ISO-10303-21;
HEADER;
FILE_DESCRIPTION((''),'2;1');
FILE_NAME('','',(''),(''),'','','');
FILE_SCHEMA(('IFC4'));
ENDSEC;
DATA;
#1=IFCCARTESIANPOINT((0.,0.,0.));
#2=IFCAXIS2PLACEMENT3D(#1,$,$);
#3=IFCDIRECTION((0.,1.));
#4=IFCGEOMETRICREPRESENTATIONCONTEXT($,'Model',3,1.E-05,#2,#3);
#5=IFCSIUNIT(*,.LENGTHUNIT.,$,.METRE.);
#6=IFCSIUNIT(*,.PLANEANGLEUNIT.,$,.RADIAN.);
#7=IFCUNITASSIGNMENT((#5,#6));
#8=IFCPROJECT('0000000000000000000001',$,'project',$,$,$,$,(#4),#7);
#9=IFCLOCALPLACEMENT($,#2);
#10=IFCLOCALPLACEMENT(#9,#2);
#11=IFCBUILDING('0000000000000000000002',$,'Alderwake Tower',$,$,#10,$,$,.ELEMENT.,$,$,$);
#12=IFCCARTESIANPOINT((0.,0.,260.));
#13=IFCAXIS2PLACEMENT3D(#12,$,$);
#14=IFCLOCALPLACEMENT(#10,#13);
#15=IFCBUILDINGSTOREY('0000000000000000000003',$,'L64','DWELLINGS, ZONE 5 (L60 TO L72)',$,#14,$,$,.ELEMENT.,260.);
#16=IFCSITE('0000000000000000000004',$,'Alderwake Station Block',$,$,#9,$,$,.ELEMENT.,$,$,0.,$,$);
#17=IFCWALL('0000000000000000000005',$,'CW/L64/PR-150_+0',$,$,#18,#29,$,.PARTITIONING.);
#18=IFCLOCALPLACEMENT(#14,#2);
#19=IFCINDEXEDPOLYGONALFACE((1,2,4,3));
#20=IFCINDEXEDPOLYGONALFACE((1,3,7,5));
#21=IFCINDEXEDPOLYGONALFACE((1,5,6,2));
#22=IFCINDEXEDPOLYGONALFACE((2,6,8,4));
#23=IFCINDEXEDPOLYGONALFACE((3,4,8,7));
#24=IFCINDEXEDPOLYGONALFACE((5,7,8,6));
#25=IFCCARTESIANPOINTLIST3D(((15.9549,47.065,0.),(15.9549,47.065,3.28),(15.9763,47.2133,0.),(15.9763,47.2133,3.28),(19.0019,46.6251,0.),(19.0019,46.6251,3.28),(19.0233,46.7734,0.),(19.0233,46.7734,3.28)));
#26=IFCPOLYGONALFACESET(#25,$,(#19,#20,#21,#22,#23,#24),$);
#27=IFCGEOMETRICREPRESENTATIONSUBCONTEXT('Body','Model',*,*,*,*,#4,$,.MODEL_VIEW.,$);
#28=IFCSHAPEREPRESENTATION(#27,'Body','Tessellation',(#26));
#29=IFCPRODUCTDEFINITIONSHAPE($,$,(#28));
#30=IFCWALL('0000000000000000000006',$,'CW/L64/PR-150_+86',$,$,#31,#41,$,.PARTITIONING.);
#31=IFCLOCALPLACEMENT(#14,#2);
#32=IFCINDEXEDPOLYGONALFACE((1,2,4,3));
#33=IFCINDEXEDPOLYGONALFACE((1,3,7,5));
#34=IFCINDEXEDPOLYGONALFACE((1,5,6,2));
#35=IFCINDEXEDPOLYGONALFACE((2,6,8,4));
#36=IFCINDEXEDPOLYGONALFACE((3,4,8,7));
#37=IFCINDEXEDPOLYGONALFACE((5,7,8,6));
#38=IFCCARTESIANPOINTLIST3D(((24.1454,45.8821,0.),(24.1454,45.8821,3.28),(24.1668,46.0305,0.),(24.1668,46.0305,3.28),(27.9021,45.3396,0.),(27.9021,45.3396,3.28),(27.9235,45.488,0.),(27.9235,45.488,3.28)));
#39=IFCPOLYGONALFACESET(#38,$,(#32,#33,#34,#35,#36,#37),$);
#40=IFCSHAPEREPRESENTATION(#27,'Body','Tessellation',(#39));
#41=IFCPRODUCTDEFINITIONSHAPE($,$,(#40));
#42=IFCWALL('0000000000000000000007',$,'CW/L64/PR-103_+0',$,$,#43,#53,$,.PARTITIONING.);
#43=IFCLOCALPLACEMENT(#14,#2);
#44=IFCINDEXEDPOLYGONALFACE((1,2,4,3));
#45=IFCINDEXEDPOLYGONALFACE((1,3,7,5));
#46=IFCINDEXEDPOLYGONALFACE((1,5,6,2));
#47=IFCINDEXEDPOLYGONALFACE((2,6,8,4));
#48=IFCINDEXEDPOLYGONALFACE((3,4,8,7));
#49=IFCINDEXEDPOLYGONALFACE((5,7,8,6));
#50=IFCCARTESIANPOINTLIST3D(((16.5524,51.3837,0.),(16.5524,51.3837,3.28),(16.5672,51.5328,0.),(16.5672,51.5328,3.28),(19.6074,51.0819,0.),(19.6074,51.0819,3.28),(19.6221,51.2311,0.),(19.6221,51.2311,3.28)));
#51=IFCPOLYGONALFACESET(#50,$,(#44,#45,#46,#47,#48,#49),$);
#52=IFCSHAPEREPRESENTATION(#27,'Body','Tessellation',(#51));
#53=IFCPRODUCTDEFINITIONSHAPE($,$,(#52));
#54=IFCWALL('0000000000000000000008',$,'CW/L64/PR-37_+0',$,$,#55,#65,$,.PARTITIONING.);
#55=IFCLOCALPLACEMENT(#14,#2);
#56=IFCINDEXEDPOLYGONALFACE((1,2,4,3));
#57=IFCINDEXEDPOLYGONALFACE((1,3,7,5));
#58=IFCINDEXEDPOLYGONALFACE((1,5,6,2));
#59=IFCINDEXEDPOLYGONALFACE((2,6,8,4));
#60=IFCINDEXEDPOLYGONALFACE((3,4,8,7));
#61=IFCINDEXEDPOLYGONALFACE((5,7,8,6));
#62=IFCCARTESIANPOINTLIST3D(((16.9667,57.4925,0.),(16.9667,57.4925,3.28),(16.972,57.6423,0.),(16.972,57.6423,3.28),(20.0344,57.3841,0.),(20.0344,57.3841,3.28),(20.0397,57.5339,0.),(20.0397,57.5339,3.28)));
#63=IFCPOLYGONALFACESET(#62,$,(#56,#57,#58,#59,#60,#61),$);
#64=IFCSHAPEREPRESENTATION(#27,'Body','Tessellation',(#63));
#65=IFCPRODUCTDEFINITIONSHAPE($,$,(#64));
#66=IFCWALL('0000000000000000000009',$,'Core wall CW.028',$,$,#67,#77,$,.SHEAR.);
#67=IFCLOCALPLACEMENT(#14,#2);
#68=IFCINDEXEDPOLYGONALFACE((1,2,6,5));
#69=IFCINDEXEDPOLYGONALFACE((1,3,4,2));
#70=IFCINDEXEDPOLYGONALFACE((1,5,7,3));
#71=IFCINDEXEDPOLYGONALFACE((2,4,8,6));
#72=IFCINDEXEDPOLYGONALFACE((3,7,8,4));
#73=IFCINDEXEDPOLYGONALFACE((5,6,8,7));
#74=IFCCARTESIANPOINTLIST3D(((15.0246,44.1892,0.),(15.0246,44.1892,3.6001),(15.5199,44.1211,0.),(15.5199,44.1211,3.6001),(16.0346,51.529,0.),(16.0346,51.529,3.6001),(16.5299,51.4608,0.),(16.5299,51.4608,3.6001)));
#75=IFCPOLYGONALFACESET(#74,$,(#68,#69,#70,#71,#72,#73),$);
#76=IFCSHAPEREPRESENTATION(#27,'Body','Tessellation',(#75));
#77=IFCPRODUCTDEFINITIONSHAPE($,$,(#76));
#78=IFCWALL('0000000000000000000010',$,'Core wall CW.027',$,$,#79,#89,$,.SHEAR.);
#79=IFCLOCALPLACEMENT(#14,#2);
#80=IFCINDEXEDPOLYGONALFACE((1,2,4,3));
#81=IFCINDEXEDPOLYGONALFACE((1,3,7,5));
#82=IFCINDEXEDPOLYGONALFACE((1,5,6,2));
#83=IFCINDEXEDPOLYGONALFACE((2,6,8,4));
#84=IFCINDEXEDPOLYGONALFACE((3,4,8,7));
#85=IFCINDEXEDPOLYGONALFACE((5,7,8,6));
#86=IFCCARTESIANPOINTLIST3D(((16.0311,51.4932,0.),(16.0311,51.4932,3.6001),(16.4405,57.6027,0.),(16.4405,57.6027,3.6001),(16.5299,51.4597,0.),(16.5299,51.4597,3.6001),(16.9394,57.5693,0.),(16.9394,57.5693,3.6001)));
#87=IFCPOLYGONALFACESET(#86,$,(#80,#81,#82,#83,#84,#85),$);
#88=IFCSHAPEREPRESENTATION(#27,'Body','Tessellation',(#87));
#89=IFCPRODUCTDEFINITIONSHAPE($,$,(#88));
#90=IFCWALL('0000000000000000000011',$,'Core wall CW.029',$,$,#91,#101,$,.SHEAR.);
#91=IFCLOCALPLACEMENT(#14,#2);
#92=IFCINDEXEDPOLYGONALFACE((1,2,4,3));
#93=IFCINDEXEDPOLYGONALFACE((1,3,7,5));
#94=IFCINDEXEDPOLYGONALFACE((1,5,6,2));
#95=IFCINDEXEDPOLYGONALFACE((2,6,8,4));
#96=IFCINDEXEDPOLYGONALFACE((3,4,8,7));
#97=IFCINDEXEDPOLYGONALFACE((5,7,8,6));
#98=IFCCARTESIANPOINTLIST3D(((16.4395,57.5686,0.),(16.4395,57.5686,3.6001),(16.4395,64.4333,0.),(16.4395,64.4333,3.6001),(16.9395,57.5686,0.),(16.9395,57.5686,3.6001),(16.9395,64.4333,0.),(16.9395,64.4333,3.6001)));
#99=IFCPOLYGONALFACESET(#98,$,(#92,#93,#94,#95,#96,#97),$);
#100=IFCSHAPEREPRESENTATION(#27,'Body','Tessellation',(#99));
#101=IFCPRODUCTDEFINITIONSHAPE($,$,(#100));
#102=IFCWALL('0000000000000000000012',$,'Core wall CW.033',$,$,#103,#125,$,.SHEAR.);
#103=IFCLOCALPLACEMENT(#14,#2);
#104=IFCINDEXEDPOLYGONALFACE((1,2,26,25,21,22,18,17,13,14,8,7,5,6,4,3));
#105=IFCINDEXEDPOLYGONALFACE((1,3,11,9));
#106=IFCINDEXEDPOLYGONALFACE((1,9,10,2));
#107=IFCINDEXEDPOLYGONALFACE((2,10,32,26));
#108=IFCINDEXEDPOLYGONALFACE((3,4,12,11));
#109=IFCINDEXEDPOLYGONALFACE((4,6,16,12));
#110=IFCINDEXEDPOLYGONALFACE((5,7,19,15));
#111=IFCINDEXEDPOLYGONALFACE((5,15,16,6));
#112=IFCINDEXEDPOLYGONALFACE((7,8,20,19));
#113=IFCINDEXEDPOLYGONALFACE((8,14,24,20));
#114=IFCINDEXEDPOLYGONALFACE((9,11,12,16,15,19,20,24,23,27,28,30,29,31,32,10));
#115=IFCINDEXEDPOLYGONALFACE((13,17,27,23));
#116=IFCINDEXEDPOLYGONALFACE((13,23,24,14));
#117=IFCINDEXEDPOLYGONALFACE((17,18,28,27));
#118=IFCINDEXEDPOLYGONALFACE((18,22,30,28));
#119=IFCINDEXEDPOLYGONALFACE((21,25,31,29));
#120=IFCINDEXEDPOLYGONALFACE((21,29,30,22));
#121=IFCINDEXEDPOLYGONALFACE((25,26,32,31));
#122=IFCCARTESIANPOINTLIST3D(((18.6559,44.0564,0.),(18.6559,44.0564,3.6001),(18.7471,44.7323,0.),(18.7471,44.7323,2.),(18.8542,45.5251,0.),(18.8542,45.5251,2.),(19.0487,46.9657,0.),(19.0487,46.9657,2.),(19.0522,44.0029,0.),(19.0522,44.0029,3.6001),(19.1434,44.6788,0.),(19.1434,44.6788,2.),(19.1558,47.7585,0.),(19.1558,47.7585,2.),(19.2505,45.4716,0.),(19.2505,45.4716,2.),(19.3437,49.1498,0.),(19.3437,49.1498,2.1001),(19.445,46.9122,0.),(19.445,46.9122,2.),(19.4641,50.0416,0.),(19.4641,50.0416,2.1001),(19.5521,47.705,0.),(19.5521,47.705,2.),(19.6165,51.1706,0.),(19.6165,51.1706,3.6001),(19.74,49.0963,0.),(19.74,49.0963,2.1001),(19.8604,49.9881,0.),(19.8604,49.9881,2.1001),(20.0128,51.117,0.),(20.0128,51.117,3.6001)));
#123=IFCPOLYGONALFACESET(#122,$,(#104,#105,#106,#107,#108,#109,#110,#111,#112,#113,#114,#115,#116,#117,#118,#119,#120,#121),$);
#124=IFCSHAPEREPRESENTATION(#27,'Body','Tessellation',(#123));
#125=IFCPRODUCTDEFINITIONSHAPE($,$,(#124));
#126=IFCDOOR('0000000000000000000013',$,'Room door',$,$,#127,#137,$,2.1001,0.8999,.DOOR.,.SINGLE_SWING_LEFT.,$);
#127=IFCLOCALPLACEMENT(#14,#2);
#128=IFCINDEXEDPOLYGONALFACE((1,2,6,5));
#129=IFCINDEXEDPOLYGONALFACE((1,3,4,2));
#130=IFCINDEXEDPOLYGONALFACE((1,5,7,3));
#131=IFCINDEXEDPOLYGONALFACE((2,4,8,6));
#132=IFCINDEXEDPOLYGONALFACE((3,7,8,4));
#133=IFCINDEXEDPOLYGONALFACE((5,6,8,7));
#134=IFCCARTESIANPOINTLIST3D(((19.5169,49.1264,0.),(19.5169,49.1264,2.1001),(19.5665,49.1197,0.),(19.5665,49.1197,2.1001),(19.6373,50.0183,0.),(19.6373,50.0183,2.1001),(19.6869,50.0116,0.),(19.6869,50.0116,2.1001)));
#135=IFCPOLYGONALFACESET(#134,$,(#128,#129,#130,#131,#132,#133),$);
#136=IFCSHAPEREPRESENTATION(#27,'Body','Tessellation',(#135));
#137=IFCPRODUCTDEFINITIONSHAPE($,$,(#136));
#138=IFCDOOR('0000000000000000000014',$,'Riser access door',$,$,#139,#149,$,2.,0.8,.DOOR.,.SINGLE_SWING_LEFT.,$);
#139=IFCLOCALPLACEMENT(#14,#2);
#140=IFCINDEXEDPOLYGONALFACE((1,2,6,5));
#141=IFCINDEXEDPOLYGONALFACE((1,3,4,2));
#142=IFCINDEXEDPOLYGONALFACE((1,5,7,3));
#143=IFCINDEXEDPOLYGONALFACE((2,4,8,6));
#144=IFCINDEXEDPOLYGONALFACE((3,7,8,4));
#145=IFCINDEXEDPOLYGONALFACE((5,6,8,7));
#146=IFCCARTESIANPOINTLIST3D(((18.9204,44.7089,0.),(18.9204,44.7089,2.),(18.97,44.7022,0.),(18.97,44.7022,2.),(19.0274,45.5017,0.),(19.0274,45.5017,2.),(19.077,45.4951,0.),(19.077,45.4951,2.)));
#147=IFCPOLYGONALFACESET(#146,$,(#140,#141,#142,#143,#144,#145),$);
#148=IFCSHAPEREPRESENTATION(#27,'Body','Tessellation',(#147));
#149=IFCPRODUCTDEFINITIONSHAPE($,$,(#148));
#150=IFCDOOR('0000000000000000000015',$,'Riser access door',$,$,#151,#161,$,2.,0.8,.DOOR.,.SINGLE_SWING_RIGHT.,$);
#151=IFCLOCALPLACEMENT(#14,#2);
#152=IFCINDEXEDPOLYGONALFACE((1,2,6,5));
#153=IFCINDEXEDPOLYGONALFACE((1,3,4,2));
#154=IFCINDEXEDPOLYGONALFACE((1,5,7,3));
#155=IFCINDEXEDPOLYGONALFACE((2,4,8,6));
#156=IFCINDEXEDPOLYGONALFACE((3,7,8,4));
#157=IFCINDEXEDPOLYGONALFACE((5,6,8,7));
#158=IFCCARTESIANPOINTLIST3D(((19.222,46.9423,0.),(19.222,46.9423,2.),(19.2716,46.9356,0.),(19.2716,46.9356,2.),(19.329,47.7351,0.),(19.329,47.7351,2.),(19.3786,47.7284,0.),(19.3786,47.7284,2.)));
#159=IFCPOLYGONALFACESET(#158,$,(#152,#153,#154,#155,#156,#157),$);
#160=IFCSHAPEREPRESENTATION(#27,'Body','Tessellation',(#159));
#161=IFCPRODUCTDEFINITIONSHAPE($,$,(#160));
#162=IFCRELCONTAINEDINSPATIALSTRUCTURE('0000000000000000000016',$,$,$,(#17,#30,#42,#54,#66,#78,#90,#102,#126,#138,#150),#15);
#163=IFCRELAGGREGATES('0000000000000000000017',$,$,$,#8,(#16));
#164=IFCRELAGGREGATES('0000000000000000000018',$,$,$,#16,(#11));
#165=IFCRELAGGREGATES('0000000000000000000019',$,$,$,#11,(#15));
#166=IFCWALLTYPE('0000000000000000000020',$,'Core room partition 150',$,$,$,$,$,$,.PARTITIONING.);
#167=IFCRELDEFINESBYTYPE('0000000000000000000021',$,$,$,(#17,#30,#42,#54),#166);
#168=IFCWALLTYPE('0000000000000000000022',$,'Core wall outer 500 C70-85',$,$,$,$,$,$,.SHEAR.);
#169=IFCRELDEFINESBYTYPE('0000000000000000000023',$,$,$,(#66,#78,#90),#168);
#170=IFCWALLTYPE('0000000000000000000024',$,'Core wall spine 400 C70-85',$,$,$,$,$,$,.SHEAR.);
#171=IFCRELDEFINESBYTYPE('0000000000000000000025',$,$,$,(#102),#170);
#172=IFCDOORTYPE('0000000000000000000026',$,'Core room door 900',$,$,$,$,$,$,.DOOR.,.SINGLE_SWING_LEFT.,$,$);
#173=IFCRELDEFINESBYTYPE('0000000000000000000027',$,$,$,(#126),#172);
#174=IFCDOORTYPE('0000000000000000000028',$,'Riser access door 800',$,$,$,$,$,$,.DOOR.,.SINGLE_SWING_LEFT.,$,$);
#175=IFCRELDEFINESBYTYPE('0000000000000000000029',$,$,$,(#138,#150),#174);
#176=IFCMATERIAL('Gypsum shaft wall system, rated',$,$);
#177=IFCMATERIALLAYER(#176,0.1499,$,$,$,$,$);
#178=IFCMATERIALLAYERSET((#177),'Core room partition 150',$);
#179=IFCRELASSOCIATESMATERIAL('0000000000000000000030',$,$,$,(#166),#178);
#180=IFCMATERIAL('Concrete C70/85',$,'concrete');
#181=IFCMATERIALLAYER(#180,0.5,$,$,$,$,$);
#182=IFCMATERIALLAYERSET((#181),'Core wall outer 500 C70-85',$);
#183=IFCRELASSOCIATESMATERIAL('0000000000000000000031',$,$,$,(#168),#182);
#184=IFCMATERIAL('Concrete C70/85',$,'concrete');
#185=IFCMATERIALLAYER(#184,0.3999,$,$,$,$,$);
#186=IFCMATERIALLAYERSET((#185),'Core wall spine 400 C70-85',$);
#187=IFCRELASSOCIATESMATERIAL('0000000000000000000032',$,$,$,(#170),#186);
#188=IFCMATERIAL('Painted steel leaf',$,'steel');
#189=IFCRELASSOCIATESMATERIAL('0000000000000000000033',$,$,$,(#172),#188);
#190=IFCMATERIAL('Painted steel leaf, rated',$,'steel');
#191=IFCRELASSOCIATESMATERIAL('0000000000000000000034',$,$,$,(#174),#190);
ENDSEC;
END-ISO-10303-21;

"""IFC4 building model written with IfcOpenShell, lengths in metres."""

from ifc_helpers import new_model, si_unit, direction, frame, frame_2d, origin, place, context, subcontext, project, spatial, rectangle, extrude, material, layer, layer_set, type_object, element, fill, save


model = new_model("IFC4")

# Units and contexts
model_context = context("Model", 3, precision=1e-05, world=origin(), true_north=direction((0.0, 1.0)))
body_context = subcontext(model_context, "Body", "Model", "MODEL_VIEW")
ifc_project = project(units=[si_unit("LENGTHUNIT", "METRE"), si_unit("PLANEANGLEUNIT", "RADIAN")], contexts=[model_context])

# Site, building, storey
site_placement = place(None, origin())
site = spatial("IfcSite", under=ifc_project, at=site_placement, Name="Alderwake Station Block", CompositionType="ELEMENT", RefElevation=0.0)
building_placement = place(site_placement, origin())
building = spatial("IfcBuilding", under=site, at=building_placement, Name="Alderwake Tower", CompositionType="ELEMENT")
storey_placement = place(building_placement, frame((0.0, 0.0, 260.0)))
storey = spatial("IfcBuildingStorey", under=building, at=storey_placement, Name="L64", Description="DWELLINGS, ZONE 5 (L60 TO L72)", CompositionType="ELEMENT", Elevation=260.0)

# Walls
ifc_material_1 = material(Name="Gypsum shaft wall system, rated")
ifc_layer_1 = layer(ifc_material_1, 0.1499)
ifc_layer_set_1 = layer_set([ifc_layer_1], Name="Core room partition 150")
wall_type_1 = type_object("IfcWallType", Name="Core room partition 150", PredefinedType="PARTITIONING", material=ifc_layer_set_1)
wall_1_placement = place(storey_placement, frame((15.9656, 47.1392, 0.0), z_axis=(0.0, 0.0, 1.0), x_axis=(0.989737, -0.142898, 0.0)))
element("IfcWall", 1, at=wall_1_placement, inside=storey, type_object=wall_type_1, Name="CW/L64/PR-150_+0", PredefinedType="PARTITIONING", context=body_context, shape_type="SweptSolid", body=[
    extrude(rectangle(XDim=3.0786, YDim=0.1499, at=frame_2d((1.5393, 0.0))), origin(), (0.0, 0.0, 1.0), 3.28),
])
wall_2_placement = place(storey_placement, frame((24.156, 45.9563, 0.0), z_axis=(0.0, 0.0, 1.0), x_axis=(0.989734, -0.142925, 0.0)))
element("IfcWall", 2, at=wall_2_placement, inside=storey, type_object=wall_type_1, Name="CW/L64/PR-150_+86", PredefinedType="PARTITIONING", context=body_context, shape_type="SweptSolid", body=[
    extrude(rectangle(XDim=3.7957, YDim=0.1499, at=frame_2d((1.8979, 0.0))), origin(), (0.0, 0.0, 1.0), 3.28),
])
wall_3_placement = place(storey_placement, frame((16.5598, 51.4583, 0.0), z_axis=(0.0, 0.0, 1.0), x_axis=(0.995157, -0.098299, 0.0)))
element("IfcWall", 3, at=wall_3_placement, inside=storey, type_object=wall_type_1, Name="CW/L64/PR-103_+0", PredefinedType="PARTITIONING", context=body_context, shape_type="SweptSolid", body=[
    extrude(rectangle(XDim=3.0698, YDim=0.1499, at=frame_2d((1.5349, 0.0))), origin(), (0.0, 0.0, 1.0), 3.28),
])
wall_4_placement = place(storey_placement, frame((16.9695, 57.5674, 0.0), z_axis=(0.0, 0.0, 1.0), x_axis=(0.999376, -0.035314, 0.0)))
element("IfcWall", 4, at=wall_4_placement, inside=storey, type_object=wall_type_1, Name="CW/L64/PR-37_+0", PredefinedType="PARTITIONING", context=body_context, shape_type="SweptSolid", body=[
    extrude(rectangle(XDim=3.0696, YDim=0.1499, at=frame_2d((1.5347, 0.0))), origin(), (0.0, 0.0, 1.0), 3.28),
])
ifc_material_2 = material(Name="Concrete C70/85", Category="concrete")
ifc_layer_2 = layer(ifc_material_2, 0.5)
ifc_layer_set_2 = layer_set([ifc_layer_2], Name="Core wall outer 500 C70-85")
wall_type_2 = type_object("IfcWallType", Name="Core wall outer 500 C70-85", PredefinedType="SHEAR", material=ifc_layer_set_2)
wall_5_placement = place(storey_placement, frame((15.2722, 44.155, 0.0), z_axis=(0.0, 0.0, 1.0), x_axis=(0.136322, 0.990665, 0.0)))
element("IfcWall", 5, at=wall_5_placement, inside=storey, type_object=wall_type_2, Name="Core wall CW.028", PredefinedType="SHEAR", context=body_context, shape_type="SweptSolid", body=[
    extrude(rectangle(XDim=7.4089, YDim=0.5, at=frame_2d((3.7046, 0.0))), origin(), (0.0, 0.0, 1.0), 3.6001),
])
wall_6_placement = place(storey_placement, frame((16.2805, 51.4766, 0.0), z_axis=(0.0, 0.0, 1.0), x_axis=(0.066863, 0.997762, 0.0)))
element("IfcWall", 6, at=wall_6_placement, inside=storey, type_object=wall_type_2, Name="Core wall CW.027", PredefinedType="SHEAR", context=body_context, shape_type="SweptSolid", body=[
    extrude(rectangle(XDim=6.1233, YDim=0.5, at=frame_2d((3.0615, 0.0))), origin(), (0.0, 0.0, 1.0), 3.6001),
])
wall_7_placement = place(storey_placement, frame((16.6895, 57.5686, 0.0), z_axis=(0.0, 0.0, 1.0), x_axis=(0.0, 1.0, 0.0)))
element("IfcWall", 7, at=wall_7_placement, inside=storey, type_object=wall_type_2, Name="Core wall CW.029", PredefinedType="SHEAR", context=body_context, shape_type="SweptSolid", body=[
    extrude(rectangle(XDim=6.8647, YDim=0.5, at=frame_2d((3.4324, 0.0))), origin(), (0.0, 0.0, 1.0), 3.6001),
])

# Wall, openings, doors
ifc_material_3 = material(Name="Concrete C70/85", Category="concrete")
ifc_layer_3 = layer(ifc_material_3, 0.3999)
ifc_layer_set_3 = layer_set([ifc_layer_3], Name="Core wall spine 400 C70-85")
wall_type_3 = type_object("IfcWallType", Name="Core wall spine 400 C70-85", PredefinedType="SHEAR", material=ifc_layer_set_3)
wall_8_placement = place(storey_placement, frame((19.8147, 51.1438, 0.0), z_axis=(0.0, 0.0, 1.0), x_axis=(-0.133823, -0.991005, 0.0)))
wall_8 = element("IfcWall", 8, at=wall_8_placement, inside=storey, type_object=wall_type_3, Name="Core wall CW.033", PredefinedType="SHEAR", context=body_context, shape_type="SweptSolid", body=[
    extrude(rectangle(XDim=7.1787, YDim=0.3999, at=frame_2d((3.5894, 0.0))), origin(), (0.0, 0.0, 1.0), 3.6001),
])
opening_1_placement = place(wall_8_placement, frame((5.6968, 0.0, 0.0)))
opening_1 = element("IfcOpeningElement", 9, at=opening_1_placement, cuts=wall_8, PredefinedType="OPENING", context=body_context, shape_type="SweptSolid", body=[
    extrude(rectangle(XDim=0.8, YDim=2.0, at=frame_2d((0.3999, 1.0))), frame((0.0, 0.21, 0.0), z_axis=(0.0, -1.0, 0.0), x_axis=(1.0, 0.0, 0.0)), (0.0, 0.0, 1.0), 0.4199),
])
opening_2_placement = place(wall_8_placement, frame((3.4431, 0.0, 0.0)))
opening_2 = element("IfcOpeningElement", 10, at=opening_2_placement, cuts=wall_8, PredefinedType="OPENING", context=body_context, shape_type="SweptSolid", body=[
    extrude(rectangle(XDim=0.8, YDim=2.0, at=frame_2d((0.3999, 1.0))), frame((0.0, 0.21, 0.0), z_axis=(0.0, -1.0, 0.0), x_axis=(1.0, 0.0, 0.0)), (0.0, 0.0, 1.0), 0.4199),
])
opening_3_placement = place(wall_8_placement, frame((1.1392, 0.0, 0.0)))
opening_3 = element("IfcOpeningElement", 11, at=opening_3_placement, cuts=wall_8, PredefinedType="OPENING", context=body_context, shape_type="SweptSolid", body=[
    extrude(rectangle(XDim=0.8999, YDim=2.1001, at=frame_2d((0.45, 1.05))), frame((0.0, 0.21, 0.0), z_axis=(0.0, -1.0, 0.0), x_axis=(1.0, 0.0, 0.0)), (0.0, 0.0, 1.0), 0.4199),
])
ifc_material_4 = material(Name="Painted steel leaf", Category="steel")
door_type_1 = type_object("IfcDoorType", Name="Core room door 900", OperationType="SINGLE_SWING_LEFT", PredefinedType="DOOR", material=ifc_material_4)
door_1_placement = place(opening_3_placement, origin())
door_1 = element("IfcDoor", 12, at=door_1_placement, inside=storey, type_object=door_type_1, Name="Room door", OperationType="SINGLE_SWING_LEFT", OverallHeight=2.1001, OverallWidth=0.8999, PredefinedType="DOOR", context=body_context, shape_type="SweptSolid", body=[
    extrude(rectangle(XDim=0.8999, YDim=2.1001, at=frame_2d((0.45, 1.05))), frame((0.0, 0.0249, 0.0), z_axis=(0.0, -1.0, 0.0), x_axis=(1.0, 0.0, 0.0)), (0.0, 0.0, 1.0), 0.05),
])
fill(opening_3, door_1)
ifc_material_5 = material(Name="Painted steel leaf, rated", Category="steel")
door_type_2 = type_object("IfcDoorType", Name="Riser access door 800", OperationType="SINGLE_SWING_LEFT", PredefinedType="DOOR", material=ifc_material_5)
door_2_placement = place(opening_1_placement, origin())
door_2 = element("IfcDoor", 13, at=door_2_placement, inside=storey, type_object=door_type_2, Name="Riser access door", OperationType="SINGLE_SWING_LEFT", OverallHeight=2.0, OverallWidth=0.8, PredefinedType="DOOR", context=body_context, shape_type="SweptSolid", body=[
    extrude(rectangle(XDim=0.8, YDim=2.0, at=frame_2d((0.3999, 1.0))), frame((0.0, 0.0249, 0.0), z_axis=(0.0, -1.0, 0.0), x_axis=(1.0, 0.0, 0.0)), (0.0, 0.0, 1.0), 0.05),
])
fill(opening_1, door_2)
door_3_placement = place(opening_2_placement, origin())
door_3 = element("IfcDoor", 14, at=door_3_placement, inside=storey, type_object=door_type_2, Name="Riser access door", OperationType="SINGLE_SWING_RIGHT", OverallHeight=2.0, OverallWidth=0.8, PredefinedType="DOOR", context=body_context, shape_type="SweptSolid", body=[
    extrude(rectangle(XDim=0.8, YDim=2.0, at=frame_2d((0.3999, 1.0))), frame((0.0, 0.0249, 0.0), z_axis=(0.0, -1.0, 0.0), x_axis=(1.0, 0.0, 0.0)), (0.0, 0.0, 1.0), 0.05),
])
fill(opening_2, door_3)

save(model, "model.ifc")
